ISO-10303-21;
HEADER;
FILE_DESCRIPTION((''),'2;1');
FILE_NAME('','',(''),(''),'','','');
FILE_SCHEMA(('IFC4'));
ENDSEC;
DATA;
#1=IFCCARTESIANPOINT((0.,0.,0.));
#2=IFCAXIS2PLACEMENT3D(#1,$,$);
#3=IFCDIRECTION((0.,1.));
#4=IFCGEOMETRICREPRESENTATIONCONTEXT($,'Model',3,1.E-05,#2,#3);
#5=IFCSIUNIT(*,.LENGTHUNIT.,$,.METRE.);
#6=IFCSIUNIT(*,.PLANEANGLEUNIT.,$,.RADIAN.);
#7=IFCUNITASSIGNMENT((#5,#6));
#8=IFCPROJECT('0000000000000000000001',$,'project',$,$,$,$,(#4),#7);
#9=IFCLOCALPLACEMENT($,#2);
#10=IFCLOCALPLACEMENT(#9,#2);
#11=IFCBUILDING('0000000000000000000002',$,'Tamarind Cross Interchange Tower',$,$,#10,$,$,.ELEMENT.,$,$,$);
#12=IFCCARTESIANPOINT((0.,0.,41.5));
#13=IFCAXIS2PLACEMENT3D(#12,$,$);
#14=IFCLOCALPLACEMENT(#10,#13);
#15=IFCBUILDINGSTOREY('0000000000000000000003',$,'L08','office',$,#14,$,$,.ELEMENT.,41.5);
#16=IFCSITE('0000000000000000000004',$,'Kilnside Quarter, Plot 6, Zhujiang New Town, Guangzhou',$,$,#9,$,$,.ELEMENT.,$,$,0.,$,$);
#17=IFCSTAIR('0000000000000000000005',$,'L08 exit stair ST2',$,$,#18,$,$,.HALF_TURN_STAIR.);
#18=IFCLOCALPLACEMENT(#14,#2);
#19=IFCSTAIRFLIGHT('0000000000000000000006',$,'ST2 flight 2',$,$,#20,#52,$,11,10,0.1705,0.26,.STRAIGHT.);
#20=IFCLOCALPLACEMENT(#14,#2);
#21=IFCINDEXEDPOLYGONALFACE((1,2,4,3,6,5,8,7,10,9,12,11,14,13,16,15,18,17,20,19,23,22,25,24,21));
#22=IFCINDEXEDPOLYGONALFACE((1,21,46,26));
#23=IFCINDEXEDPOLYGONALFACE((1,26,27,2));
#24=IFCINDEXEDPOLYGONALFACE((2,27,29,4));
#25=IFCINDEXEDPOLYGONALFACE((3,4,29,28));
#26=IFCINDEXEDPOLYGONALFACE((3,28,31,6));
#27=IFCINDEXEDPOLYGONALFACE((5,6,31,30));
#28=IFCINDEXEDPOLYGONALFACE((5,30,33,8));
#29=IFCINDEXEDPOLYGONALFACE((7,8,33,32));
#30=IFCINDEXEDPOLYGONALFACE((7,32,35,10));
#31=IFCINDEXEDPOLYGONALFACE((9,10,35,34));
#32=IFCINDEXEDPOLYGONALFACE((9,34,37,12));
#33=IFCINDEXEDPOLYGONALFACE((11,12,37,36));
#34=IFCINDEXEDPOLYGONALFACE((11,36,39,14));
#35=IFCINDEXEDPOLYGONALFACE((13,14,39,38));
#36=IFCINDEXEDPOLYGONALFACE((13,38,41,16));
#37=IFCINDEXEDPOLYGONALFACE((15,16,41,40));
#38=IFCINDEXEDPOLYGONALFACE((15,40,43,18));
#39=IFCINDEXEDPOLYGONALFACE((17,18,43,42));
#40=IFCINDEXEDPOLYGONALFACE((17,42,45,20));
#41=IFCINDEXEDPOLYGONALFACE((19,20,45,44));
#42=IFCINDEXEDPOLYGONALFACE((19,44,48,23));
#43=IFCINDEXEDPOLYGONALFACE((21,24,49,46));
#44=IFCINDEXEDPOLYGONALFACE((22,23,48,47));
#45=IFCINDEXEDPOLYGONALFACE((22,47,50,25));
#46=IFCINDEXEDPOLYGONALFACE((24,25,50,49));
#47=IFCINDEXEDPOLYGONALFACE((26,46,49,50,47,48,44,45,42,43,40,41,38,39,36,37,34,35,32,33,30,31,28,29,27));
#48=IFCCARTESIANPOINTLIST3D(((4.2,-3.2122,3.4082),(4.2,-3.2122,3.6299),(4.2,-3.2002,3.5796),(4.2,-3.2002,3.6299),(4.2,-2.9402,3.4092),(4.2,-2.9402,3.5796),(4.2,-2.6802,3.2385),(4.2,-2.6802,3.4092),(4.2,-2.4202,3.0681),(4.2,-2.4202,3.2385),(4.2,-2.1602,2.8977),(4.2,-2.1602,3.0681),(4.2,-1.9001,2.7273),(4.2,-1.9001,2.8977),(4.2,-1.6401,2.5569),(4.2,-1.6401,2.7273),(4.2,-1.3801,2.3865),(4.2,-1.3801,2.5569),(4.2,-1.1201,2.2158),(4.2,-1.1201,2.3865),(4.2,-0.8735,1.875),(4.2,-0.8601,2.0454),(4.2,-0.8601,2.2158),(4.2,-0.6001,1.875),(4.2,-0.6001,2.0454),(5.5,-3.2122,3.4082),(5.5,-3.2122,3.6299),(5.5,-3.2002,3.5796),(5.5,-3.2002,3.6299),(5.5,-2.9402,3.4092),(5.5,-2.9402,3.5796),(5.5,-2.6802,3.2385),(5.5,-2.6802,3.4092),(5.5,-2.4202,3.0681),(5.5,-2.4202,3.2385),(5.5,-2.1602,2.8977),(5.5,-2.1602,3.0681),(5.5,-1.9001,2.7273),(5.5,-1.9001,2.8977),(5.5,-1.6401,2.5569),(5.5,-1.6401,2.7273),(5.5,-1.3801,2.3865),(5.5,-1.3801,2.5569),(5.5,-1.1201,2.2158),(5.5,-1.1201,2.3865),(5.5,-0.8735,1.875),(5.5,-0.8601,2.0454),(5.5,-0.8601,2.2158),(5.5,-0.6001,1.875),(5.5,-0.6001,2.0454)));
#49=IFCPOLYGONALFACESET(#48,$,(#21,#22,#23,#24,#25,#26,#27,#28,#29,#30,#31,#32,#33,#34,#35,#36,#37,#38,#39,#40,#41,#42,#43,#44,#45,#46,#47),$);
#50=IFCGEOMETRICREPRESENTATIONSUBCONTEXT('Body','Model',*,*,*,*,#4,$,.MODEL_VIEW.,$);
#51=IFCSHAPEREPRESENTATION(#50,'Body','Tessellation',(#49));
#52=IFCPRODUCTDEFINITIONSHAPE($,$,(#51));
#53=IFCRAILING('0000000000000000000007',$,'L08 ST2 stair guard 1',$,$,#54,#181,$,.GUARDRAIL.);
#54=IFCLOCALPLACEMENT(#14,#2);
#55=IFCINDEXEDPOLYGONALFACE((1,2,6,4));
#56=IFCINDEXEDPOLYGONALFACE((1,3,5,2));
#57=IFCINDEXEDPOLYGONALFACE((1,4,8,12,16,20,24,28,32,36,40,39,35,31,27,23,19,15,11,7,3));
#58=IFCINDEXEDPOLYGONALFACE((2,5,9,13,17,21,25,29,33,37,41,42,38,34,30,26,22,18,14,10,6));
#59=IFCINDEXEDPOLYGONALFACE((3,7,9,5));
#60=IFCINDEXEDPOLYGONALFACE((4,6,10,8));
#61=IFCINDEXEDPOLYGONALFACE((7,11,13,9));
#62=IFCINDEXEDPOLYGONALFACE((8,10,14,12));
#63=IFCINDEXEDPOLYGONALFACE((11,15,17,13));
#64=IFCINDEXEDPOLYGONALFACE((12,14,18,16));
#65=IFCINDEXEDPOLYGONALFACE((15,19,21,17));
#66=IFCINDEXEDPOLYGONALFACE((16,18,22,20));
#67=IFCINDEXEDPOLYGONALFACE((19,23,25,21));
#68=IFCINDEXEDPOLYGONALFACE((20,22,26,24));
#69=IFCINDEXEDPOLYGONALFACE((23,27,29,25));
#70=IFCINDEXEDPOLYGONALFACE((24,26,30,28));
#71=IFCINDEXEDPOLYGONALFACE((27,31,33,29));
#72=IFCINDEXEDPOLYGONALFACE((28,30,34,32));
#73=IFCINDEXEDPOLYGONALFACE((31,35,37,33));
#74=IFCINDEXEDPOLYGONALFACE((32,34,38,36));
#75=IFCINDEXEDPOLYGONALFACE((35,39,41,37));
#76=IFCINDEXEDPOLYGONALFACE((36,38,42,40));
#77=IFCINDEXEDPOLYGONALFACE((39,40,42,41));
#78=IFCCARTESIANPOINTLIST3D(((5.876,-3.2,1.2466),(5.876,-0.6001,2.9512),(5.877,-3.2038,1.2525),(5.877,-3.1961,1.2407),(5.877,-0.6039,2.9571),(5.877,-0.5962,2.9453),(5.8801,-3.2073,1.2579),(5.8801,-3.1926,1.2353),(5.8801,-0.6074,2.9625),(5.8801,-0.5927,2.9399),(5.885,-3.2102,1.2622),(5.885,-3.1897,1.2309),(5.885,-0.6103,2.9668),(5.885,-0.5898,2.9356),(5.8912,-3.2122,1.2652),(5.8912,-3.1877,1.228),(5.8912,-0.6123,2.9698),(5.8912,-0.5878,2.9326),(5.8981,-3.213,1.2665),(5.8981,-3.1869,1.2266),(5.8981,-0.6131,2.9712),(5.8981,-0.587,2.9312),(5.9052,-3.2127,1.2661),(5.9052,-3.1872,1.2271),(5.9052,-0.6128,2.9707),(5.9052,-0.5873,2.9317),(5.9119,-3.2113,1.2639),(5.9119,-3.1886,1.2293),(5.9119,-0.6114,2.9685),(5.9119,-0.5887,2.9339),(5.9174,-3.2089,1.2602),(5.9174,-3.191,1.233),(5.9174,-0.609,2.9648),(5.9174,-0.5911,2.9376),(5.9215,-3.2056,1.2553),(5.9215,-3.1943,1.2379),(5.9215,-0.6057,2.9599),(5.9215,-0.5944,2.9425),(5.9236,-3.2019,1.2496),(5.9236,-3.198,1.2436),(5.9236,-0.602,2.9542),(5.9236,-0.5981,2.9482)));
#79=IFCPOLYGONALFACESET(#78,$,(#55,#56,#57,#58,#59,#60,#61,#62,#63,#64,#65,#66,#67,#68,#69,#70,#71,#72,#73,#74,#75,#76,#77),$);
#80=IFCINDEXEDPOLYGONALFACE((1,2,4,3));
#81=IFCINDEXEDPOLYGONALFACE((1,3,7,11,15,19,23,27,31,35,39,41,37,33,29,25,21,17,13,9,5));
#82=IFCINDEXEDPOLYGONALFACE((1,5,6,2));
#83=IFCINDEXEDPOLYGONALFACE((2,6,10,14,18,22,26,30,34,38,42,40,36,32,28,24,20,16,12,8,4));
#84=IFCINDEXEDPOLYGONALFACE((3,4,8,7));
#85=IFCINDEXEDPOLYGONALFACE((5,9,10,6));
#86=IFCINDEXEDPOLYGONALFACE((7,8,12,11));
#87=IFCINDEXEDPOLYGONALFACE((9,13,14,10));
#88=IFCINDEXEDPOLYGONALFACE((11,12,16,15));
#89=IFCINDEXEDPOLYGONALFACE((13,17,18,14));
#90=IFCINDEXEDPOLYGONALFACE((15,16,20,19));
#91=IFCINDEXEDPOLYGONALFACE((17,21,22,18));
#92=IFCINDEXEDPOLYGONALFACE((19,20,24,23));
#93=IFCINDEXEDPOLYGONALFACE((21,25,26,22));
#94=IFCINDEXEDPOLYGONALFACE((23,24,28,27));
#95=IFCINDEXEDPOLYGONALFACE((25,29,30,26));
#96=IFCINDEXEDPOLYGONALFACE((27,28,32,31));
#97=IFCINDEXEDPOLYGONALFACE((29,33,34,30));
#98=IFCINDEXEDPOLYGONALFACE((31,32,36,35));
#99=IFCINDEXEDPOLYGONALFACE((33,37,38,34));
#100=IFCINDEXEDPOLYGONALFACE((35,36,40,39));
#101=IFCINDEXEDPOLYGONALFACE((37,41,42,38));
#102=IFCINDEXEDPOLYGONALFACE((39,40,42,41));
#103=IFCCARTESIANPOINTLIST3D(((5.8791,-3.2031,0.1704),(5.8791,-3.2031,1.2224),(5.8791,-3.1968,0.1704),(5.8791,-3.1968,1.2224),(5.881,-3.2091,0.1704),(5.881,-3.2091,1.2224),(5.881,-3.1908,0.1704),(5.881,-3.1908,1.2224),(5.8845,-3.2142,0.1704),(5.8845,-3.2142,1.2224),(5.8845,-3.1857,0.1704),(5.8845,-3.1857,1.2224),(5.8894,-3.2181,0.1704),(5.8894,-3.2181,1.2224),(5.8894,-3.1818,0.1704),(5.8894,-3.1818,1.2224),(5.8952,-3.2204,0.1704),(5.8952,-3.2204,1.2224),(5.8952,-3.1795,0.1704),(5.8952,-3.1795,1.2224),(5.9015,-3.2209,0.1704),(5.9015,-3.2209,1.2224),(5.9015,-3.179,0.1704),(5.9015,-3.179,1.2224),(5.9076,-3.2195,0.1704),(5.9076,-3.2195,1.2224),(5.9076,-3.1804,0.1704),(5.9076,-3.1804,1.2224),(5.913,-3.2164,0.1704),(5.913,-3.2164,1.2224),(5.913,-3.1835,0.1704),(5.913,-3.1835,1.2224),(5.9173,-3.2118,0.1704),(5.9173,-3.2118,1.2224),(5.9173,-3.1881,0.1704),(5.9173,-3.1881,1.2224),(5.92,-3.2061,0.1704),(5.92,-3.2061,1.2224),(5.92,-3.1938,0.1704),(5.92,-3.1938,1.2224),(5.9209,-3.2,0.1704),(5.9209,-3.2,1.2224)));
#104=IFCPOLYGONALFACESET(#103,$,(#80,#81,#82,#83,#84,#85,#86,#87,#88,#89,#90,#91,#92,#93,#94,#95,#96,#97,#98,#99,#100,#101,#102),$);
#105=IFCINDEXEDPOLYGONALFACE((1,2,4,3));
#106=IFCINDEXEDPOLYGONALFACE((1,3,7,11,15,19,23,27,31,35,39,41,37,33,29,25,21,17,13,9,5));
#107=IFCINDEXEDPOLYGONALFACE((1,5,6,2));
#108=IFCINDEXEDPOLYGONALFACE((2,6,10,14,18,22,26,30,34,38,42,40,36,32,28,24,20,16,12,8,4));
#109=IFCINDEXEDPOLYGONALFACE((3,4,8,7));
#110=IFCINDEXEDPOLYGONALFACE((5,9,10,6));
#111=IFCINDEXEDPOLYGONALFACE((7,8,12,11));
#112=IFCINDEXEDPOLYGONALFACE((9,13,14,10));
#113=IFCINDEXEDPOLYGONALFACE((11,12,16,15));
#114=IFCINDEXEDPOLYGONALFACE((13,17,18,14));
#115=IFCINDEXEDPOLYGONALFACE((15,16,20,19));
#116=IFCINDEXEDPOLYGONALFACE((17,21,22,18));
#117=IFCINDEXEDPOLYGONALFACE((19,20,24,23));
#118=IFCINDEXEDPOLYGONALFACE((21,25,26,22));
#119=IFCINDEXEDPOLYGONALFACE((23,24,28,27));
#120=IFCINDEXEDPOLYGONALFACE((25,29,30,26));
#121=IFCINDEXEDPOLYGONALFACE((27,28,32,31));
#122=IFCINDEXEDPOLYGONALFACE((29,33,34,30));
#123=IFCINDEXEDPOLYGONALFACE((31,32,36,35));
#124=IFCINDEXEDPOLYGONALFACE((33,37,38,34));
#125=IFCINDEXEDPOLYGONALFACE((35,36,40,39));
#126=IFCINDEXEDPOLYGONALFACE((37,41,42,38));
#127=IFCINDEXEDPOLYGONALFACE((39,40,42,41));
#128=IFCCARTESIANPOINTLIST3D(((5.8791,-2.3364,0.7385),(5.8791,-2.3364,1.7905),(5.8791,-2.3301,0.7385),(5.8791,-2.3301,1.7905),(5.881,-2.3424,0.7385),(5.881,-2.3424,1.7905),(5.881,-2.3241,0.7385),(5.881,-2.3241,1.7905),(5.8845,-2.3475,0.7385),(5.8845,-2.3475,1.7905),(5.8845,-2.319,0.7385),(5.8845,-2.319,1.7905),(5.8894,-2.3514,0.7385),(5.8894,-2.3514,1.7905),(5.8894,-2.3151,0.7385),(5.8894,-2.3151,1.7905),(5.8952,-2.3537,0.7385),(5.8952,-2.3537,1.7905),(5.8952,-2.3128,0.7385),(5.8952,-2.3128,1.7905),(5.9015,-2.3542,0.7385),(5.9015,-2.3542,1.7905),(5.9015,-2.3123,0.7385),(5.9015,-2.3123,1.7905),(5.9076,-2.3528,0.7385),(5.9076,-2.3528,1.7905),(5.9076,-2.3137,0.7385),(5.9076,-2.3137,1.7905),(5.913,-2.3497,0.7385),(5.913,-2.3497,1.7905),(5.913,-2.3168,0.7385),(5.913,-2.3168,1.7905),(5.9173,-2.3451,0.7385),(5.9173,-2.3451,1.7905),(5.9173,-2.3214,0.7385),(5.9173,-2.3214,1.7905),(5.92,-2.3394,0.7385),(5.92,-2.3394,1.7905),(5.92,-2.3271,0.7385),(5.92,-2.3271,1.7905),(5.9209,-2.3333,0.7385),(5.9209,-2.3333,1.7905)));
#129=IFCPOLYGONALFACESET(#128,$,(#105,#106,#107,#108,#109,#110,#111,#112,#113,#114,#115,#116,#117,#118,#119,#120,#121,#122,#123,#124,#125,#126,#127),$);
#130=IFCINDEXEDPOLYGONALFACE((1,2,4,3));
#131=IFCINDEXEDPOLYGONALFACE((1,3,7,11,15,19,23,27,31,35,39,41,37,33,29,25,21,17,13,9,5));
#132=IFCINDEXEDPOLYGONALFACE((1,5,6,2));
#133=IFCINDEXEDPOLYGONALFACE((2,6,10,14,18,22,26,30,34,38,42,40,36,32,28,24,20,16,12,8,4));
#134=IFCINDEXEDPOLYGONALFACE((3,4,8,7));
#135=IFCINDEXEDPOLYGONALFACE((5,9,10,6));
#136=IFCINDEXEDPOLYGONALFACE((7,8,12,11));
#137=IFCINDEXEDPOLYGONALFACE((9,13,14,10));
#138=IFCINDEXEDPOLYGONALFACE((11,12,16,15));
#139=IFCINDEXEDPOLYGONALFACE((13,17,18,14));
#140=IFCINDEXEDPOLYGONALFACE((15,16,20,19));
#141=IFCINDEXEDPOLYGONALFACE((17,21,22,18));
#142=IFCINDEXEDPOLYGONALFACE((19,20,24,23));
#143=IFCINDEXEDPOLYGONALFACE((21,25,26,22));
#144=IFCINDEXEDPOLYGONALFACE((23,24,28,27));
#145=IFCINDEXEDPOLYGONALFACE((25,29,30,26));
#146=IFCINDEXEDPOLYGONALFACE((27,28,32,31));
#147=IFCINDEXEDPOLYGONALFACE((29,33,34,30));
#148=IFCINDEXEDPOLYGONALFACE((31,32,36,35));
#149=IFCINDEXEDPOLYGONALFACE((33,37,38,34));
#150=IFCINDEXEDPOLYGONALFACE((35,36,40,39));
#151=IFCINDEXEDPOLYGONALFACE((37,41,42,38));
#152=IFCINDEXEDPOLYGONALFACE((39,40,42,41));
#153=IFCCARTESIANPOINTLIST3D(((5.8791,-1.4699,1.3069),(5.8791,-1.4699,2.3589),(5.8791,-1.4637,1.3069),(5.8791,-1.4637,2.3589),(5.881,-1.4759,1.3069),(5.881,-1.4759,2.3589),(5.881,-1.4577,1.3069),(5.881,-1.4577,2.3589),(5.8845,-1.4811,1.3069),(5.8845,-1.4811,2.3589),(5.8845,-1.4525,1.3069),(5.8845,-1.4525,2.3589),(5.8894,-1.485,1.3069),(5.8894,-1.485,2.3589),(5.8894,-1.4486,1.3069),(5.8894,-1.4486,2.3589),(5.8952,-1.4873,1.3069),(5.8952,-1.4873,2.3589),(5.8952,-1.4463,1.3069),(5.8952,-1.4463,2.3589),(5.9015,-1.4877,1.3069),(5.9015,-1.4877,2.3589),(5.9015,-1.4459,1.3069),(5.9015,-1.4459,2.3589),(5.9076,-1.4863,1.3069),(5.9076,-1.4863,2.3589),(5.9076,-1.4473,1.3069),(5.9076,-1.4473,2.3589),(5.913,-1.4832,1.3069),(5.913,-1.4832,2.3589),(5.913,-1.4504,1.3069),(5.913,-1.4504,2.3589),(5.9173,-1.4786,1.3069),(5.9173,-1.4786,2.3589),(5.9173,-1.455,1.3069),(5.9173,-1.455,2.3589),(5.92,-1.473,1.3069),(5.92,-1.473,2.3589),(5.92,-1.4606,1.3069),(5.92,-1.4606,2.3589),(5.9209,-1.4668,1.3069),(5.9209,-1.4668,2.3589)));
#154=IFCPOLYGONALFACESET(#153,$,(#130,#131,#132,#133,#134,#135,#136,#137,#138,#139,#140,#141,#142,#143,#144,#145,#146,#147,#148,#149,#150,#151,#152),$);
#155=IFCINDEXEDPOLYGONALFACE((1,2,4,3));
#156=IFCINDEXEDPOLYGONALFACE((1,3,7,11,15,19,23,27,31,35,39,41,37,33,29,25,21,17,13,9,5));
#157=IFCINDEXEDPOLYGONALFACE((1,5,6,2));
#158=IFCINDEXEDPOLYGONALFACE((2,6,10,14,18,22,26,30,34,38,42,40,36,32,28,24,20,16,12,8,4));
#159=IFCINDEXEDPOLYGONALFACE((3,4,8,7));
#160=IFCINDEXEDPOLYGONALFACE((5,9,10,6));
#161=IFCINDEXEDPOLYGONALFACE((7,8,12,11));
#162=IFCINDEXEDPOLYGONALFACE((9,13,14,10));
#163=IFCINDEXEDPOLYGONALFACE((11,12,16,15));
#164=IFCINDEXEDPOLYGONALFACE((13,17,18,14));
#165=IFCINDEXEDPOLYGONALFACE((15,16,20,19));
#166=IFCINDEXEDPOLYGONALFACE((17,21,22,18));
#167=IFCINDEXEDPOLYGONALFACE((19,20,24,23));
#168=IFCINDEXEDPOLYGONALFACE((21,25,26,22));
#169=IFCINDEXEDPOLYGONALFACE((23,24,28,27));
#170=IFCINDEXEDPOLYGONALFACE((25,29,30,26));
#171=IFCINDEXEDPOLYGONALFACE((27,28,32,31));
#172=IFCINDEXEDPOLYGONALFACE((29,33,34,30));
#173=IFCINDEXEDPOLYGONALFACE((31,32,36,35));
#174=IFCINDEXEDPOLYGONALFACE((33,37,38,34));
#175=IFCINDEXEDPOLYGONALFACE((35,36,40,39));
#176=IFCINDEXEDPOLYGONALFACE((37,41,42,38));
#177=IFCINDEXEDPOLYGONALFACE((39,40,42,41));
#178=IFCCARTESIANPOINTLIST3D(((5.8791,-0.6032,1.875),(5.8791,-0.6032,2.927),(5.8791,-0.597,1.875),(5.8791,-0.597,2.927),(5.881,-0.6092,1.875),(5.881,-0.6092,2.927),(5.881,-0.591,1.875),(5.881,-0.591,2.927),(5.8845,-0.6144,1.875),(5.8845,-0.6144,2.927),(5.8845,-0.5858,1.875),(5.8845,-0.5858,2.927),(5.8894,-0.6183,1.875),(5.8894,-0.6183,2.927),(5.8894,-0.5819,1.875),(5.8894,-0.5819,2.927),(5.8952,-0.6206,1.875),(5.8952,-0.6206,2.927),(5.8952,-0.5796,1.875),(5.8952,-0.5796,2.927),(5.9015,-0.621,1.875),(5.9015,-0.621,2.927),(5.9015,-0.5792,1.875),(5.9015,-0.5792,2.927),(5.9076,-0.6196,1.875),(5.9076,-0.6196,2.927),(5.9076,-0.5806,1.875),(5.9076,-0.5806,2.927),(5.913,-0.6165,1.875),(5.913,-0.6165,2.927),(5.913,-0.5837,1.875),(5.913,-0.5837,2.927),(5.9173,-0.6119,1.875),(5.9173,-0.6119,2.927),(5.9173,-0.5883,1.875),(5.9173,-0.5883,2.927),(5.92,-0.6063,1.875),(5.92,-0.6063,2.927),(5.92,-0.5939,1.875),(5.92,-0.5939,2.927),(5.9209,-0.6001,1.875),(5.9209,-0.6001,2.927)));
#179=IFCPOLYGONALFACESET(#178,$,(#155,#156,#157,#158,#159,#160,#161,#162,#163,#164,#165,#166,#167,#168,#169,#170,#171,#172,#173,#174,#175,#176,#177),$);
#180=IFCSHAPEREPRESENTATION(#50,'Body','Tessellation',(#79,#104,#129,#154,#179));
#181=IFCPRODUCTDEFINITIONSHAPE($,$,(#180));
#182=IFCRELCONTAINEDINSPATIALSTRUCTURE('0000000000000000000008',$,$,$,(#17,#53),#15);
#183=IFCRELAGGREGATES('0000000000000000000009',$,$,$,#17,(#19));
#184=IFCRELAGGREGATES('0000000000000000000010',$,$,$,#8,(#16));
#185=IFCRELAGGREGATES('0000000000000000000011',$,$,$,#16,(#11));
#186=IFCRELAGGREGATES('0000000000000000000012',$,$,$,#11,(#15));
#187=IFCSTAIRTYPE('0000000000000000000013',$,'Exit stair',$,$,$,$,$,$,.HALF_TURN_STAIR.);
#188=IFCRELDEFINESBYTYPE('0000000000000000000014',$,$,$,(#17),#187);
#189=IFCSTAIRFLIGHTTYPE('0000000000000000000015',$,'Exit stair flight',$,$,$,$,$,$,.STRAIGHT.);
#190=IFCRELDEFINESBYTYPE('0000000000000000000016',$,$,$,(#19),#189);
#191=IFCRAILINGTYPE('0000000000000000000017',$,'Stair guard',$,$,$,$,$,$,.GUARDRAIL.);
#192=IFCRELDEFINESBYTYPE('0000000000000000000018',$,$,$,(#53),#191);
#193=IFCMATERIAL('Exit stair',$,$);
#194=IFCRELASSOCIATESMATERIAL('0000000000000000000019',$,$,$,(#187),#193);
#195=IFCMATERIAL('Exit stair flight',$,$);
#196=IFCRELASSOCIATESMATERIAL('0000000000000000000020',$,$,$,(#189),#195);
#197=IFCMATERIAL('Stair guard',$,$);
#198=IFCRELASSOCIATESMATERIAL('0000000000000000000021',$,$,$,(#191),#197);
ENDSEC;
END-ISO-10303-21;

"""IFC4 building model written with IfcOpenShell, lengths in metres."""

from ifc_helpers import new_model, si_unit, direction, frame, origin, origin_2d, place, context, subcontext, project, spatial, polyline, circle, outline, extrude, material, type_object, element, aggregate, save


model = new_model("IFC4")

# Units and contexts
model_context = context("Model", 3, precision=1e-05, world=origin(), true_north=direction((0.0, 1.0)))
body_context = subcontext(model_context, "Body", "Model", "MODEL_VIEW")
ifc_project = project(units=[si_unit("LENGTHUNIT", "METRE"), si_unit("PLANEANGLEUNIT", "RADIAN")], contexts=[model_context])

# Site, building, storey
site_placement = place(None, origin())
site = spatial("IfcSite", under=ifc_project, at=site_placement, Name="Kilnside Quarter, Plot 6, Zhujiang New Town, Guangzhou", CompositionType="ELEMENT", RefElevation=0.0)
building_placement = place(site_placement, origin())
building = spatial("IfcBuilding", under=site, at=building_placement, Name="Tamarind Cross Interchange Tower", CompositionType="ELEMENT")
storey_placement = place(building_placement, frame((0.0, 0.0, 41.5)))
storey = spatial("IfcBuildingStorey", under=building, at=storey_placement, Name="L08", Description="office", CompositionType="ELEMENT", Elevation=41.5)

# Stair, stair flight
ifc_material_1 = material(Name="Exit stair")
stair_type = type_object("IfcStairType", Name="Exit stair", PredefinedType="HALF_TURN_STAIR", material=ifc_material_1)
stair_placement = place(storey_placement, origin())
stair = element("IfcStair", 1, at=stair_placement, inside=storey, type_object=stair_type, Name="L08 exit stair ST2", PredefinedType="HALF_TURN_STAIR")
ifc_material_2 = material(Name="Exit stair flight")
stair_flight_type = type_object("IfcStairFlightType", Name="Exit stair flight", PredefinedType="STRAIGHT", material=ifc_material_2)
stair_flight_1_placement = place(storey_placement, frame((4.8501, -0.6001, 1.875), z_axis=(0.0, 0.0, 1.0), x_axis=(0.0, -1.0, 0.0)))
stair_flight_1 = element("IfcStairFlight", 2, at=stair_flight_1_placement, type_object=stair_flight_type, Name="ST2 flight 2", NumberOfRisers=11, NumberOfTreads=10, PredefinedType="STRAIGHT", RiserHeight=0.1705, TreadLength=0.26, context=body_context, shape_type="SweptSolid", body=[
    extrude(outline(polyline([(0.0, 0.0), (0.0, 0.1704), (0.26, 0.1704), (0.26, 0.3408), (0.52, 0.3408), (0.52, 0.5115), (0.78, 0.5115), (0.78, 0.6819), (1.04, 0.6819), (1.04, 0.8523), (1.3, 0.8523), (1.3, 1.0227), (1.5601, 1.0227), (1.5601, 1.1931), (1.8201, 1.1931), (1.8201, 1.3635), (2.0801, 1.3635), (2.0801, 1.5342), (2.3401, 1.5342), (2.3401, 1.7046), (2.6001, 1.7046), (2.6001, 1.7549), (2.6121, 1.7549), (2.6121, 1.5332), (0.2734, 0.0), (0.0, 0.0)])), frame((0.0, 0.6499, 0.0), z_axis=(0.0, -1.0, 0.0), x_axis=(1.0, 0.0, 0.0)), (0.0, 0.0, 1.0), 1.3),
])
aggregate(stair, [stair_flight_1])

# Railing
ifc_material_3 = material(Name="Stair guard")
railing_type_1 = type_object("IfcRailingType", Name="Stair guard", PredefinedType="GUARDRAIL", material=ifc_material_3)
railing_1_placement = place(storey_placement, frame((5.8999, -3.2, 0.1704)))
element("IfcRailing", 3, at=railing_1_placement, inside=storey, type_object=railing_type_1, Name="L08 ST2 stair guard 1", PredefinedType="GUARDRAIL", context=body_context, shape_type="SweptSolid", body=[
    extrude(circle(Radius=0.0239, at=origin_2d()), frame((0.0, 0.0, 1.0762), z_axis=(0.0, 0.836279, 0.548305), x_axis=(-1.0, 0.0, 0.0)), (0.0, 0.0, 1.0), 3.1089),
    extrude(circle(Radius=0.021, at=origin_2d()), origin(), (0.0, 0.0, 1.0), 1.052),
    extrude(circle(Radius=0.021, at=origin_2d()), frame((0.0, 0.8667, 0.5681)), (0.0, 0.0, 1.0), 1.052),
    extrude(circle(Radius=0.021, at=origin_2d()), frame((0.0, 1.7332, 1.1365)), (0.0, 0.0, 1.0), 1.052),
    extrude(circle(Radius=0.021, at=origin_2d()), frame((0.0, 2.5999, 1.7046)), (0.0, 0.0, 1.0), 1.052),
])

save(model, "model.ifc")
